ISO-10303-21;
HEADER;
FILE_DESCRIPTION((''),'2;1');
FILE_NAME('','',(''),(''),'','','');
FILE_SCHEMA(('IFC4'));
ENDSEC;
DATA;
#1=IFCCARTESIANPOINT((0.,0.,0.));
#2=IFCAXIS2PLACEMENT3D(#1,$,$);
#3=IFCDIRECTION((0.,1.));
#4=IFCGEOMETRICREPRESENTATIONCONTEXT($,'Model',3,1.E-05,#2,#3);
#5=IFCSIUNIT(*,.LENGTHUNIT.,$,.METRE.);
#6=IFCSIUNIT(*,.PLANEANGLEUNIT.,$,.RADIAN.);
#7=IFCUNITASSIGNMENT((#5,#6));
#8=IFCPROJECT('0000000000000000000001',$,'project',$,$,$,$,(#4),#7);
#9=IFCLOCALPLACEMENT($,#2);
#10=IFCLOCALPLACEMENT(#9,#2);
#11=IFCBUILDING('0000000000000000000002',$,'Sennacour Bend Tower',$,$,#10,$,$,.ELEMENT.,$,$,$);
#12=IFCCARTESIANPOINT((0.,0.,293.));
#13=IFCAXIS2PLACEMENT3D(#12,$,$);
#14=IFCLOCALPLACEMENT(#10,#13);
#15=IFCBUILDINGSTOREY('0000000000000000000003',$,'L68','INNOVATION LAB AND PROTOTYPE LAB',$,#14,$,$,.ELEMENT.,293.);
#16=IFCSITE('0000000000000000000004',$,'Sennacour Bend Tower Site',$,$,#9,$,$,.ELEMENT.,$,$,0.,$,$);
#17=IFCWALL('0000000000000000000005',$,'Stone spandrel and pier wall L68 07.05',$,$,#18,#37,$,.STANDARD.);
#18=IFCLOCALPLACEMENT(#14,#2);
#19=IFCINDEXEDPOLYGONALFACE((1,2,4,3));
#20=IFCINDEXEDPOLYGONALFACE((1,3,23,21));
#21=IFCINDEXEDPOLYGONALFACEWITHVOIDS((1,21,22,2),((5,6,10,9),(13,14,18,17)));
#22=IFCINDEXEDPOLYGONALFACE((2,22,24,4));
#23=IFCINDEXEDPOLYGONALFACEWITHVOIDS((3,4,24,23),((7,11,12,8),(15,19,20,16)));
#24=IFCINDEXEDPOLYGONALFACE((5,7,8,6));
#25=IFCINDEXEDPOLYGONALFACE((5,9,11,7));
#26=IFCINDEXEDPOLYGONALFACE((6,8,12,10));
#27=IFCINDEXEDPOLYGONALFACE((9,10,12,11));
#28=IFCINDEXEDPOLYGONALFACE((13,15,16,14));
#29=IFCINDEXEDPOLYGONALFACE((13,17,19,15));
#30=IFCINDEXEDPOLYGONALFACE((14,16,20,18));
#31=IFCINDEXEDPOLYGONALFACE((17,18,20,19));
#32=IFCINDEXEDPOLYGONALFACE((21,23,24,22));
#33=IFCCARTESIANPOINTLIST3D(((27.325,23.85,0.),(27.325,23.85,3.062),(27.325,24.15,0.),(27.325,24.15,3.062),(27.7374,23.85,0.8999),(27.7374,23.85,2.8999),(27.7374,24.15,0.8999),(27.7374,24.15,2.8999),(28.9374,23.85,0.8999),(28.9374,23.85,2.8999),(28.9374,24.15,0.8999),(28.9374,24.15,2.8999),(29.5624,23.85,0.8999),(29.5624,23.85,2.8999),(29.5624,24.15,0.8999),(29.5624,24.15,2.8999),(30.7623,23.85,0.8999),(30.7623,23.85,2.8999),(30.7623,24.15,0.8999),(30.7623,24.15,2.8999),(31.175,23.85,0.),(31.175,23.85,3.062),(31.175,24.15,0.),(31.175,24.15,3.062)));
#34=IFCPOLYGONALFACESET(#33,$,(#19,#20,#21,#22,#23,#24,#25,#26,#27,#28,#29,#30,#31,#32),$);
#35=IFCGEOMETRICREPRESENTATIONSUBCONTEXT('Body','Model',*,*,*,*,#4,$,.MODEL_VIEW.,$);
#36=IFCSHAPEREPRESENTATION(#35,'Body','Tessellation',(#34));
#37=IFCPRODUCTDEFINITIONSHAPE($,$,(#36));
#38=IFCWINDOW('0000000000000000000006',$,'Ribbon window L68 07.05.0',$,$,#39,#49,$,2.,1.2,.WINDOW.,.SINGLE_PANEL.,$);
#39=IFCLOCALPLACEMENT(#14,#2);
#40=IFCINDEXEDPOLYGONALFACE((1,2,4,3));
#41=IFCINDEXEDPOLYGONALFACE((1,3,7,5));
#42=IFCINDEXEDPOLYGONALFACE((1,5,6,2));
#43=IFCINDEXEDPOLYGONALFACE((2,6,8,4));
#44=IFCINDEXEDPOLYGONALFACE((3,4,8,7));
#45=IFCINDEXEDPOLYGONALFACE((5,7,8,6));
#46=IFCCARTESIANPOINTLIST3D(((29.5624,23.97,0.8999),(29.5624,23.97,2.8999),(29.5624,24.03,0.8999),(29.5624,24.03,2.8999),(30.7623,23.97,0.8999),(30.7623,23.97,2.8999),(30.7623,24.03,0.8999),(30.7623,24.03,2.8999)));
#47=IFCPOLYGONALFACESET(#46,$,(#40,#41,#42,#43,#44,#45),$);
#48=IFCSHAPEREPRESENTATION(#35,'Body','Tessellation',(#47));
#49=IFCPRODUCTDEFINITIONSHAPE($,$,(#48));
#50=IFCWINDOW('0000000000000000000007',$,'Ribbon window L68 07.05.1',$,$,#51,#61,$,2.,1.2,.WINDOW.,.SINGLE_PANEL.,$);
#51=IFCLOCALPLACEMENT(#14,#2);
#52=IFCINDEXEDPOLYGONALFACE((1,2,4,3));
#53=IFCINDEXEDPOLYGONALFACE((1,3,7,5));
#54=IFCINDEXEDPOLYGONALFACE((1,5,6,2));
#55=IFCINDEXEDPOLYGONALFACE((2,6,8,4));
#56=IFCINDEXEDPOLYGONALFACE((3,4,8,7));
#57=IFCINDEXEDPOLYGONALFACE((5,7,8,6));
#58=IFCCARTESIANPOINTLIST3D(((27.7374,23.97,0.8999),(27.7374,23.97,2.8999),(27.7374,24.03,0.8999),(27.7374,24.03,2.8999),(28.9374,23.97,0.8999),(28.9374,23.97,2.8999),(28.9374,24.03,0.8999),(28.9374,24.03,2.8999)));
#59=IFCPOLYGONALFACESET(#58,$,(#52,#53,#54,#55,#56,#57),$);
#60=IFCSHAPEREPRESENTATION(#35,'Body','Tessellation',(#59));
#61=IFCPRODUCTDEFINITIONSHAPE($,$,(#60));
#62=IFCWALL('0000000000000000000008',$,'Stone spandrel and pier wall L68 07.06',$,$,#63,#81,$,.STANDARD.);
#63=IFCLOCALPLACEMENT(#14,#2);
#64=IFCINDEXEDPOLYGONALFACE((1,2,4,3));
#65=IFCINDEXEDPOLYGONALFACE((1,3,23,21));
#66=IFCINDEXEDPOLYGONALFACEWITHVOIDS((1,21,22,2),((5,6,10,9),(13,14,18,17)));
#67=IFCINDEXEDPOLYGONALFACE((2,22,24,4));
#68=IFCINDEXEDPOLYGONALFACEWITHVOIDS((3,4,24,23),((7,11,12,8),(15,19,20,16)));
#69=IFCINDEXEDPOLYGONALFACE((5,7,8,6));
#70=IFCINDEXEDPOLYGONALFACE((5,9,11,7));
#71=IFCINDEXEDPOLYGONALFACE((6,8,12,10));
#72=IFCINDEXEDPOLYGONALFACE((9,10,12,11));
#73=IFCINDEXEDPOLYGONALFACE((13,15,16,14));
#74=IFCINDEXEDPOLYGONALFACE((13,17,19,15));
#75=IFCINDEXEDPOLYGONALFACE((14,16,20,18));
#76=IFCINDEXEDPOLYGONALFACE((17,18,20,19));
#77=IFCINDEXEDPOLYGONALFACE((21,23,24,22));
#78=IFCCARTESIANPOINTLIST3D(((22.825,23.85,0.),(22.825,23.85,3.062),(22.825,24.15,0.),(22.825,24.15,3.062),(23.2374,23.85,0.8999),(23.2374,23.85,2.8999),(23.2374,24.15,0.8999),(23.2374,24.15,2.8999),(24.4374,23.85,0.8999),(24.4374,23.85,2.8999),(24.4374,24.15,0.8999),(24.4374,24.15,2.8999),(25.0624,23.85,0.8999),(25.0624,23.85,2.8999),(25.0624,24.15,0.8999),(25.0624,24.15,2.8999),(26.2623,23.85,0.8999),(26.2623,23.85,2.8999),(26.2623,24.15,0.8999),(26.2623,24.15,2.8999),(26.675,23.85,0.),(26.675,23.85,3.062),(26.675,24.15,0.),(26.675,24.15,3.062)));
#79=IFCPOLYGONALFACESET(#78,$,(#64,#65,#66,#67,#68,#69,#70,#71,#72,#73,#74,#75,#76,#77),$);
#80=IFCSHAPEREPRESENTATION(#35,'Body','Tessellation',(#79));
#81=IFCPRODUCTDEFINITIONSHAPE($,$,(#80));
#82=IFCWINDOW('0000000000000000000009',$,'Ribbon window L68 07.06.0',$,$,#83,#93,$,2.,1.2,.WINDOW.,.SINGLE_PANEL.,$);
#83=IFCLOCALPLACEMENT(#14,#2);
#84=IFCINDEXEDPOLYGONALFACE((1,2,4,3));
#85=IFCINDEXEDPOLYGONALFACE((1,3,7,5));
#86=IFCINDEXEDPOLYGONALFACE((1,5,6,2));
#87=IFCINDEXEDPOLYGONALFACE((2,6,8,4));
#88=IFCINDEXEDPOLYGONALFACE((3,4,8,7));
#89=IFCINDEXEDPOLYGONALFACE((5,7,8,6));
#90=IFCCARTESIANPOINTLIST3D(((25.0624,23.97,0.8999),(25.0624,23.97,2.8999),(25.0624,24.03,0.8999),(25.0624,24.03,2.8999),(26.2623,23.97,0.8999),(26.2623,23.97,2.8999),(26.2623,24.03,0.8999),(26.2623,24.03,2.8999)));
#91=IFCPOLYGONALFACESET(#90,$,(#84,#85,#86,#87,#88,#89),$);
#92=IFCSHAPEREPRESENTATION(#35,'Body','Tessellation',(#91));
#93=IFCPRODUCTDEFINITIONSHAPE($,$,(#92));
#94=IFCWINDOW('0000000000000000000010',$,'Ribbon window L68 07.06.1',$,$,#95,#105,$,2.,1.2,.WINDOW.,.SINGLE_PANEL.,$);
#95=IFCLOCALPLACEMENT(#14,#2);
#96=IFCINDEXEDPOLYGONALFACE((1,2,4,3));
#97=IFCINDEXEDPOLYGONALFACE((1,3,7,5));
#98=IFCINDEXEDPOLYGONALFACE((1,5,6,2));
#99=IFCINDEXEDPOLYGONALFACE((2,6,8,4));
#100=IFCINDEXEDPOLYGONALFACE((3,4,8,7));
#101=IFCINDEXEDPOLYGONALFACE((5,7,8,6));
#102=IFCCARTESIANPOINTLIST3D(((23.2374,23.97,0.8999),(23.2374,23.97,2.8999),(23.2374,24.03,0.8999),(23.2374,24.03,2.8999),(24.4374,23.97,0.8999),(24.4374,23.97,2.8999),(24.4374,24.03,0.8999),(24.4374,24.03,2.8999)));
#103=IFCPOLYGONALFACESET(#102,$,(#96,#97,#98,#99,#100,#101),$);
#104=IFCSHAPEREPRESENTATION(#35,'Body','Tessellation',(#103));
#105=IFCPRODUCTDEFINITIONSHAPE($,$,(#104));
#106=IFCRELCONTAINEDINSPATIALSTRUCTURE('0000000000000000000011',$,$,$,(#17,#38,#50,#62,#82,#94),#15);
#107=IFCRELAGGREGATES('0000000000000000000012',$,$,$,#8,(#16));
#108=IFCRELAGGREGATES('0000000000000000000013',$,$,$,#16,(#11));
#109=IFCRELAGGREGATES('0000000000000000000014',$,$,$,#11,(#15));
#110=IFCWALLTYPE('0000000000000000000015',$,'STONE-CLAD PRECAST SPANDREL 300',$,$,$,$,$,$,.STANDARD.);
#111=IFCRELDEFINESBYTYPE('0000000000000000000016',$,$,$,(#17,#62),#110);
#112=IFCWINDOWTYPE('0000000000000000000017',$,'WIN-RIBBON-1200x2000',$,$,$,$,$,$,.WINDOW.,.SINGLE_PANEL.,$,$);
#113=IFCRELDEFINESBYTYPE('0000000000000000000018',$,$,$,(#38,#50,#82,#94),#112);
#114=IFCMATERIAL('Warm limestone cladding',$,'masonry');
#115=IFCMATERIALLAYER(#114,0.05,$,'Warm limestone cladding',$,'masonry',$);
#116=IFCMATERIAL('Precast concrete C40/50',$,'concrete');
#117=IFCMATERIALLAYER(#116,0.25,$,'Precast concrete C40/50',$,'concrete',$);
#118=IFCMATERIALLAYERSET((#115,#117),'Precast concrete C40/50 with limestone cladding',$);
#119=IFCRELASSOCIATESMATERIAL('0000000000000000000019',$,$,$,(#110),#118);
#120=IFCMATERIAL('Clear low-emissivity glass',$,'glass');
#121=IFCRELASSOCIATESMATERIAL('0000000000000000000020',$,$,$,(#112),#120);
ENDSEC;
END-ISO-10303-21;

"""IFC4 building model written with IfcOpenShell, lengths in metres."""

from ifc_helpers import new_model, si_unit, direction, frame, frame_2d, origin, place, context, subcontext, project, spatial, rectangle, extrude, material, layer, layer_set, type_object, element, fill, save


model = new_model("IFC4")

# Units and contexts
model_context = context("Model", 3, precision=1e-05, world=origin(), true_north=direction((0.0, 1.0)))
body_context = subcontext(model_context, "Body", "Model", "MODEL_VIEW")
ifc_project = project(units=[si_unit("LENGTHUNIT", "METRE"), si_unit("PLANEANGLEUNIT", "RADIAN")], contexts=[model_context])

# Site, building, storey
site_placement = place(None, origin())
site = spatial("IfcSite", under=ifc_project, at=site_placement, Name="Sennacour Bend Tower Site", CompositionType="ELEMENT", RefElevation=0.0)
building_placement = place(site_placement, origin())
building = spatial("IfcBuilding", under=site, at=building_placement, Name="Sennacour Bend Tower", CompositionType="ELEMENT")
storey_placement = place(building_placement, frame((0.0, 0.0, 293.0)))
storey = spatial("IfcBuildingStorey", under=building, at=storey_placement, Name="L68", Description="INNOVATION LAB AND PROTOTYPE LAB", CompositionType="ELEMENT", Elevation=293.0)

# Walls, openings, windows
ifc_material_1 = material(Name="Warm limestone cladding", Category="masonry")
ifc_layer_1 = layer(ifc_material_1, 0.05, Name="Warm limestone cladding", Category="masonry")
ifc_material_2 = material(Name="Precast concrete C40/50", Category="concrete")
ifc_layer_2 = layer(ifc_material_2, 0.25, Name="Precast concrete C40/50", Category="concrete")
ifc_layer_set_1 = layer_set([ifc_layer_1, ifc_layer_2], Name="Precast concrete C40/50 with limestone cladding")
wall_type_1 = type_object("IfcWallType", Name="STONE-CLAD PRECAST SPANDREL 300", PredefinedType="STANDARD", material=ifc_layer_set_1)
ifc_material_3 = material(Name="Clear low-emissivity glass", Category="glass")
window_type = type_object("IfcWindowType", Name="WIN-RIBBON-1200x2000", PartitioningType="SINGLE_PANEL", PredefinedType="WINDOW", material=ifc_material_3)
wall_1_placement = place(storey_placement, frame((31.175, 24.0, 0.0), z_axis=(0.0, 0.0, 1.0), x_axis=(-1.0, 0.0, 0.0)))
wall_1 = element("IfcWall", 1, at=wall_1_placement, inside=storey, type_object=wall_type_1, Name="Stone spandrel and pier wall L68 07.05", PredefinedType="STANDARD", context=body_context, shape_type="SweptSolid", body=[
    extrude(rectangle(XDim=3.8501, YDim=0.3, at=frame_2d((1.925, 0.0))), origin(), (0.0, 0.0, 1.0), 3.062),
])
opening_1_placement = place(wall_1_placement, frame((0.4126, 0.0, 0.8999)))
opening_1 = element("IfcOpeningElement", 2, at=opening_1_placement, cuts=wall_1, PredefinedType="OPENING", context=body_context, shape_type="SweptSolid", body=[
    extrude(rectangle(XDim=1.2, YDim=2.0, at=frame_2d((0.6001, 1.0))), frame((0.0, 0.1602, 0.0), z_axis=(0.0, -1.0, 0.0), x_axis=(1.0, 0.0, 0.0)), (0.0, 0.0, 1.0), 0.3201),
])
opening_2_placement = place(wall_1_placement, frame((2.2375, 0.0, 0.8999)))
opening_2 = element("IfcOpeningElement", 3, at=opening_2_placement, cuts=wall_1, PredefinedType="OPENING", context=body_context, shape_type="SweptSolid", body=[
    extrude(rectangle(XDim=1.2, YDim=2.0, at=frame_2d((0.6001, 1.0))), frame((0.0, 0.1602, 0.0), z_axis=(0.0, -1.0, 0.0), x_axis=(1.0, 0.0, 0.0)), (0.0, 0.0, 1.0), 0.3201),
])
window_1_placement = place(opening_1_placement, origin())
window_1 = element("IfcWindow", 4, at=window_1_placement, inside=storey, type_object=window_type, Name="Ribbon window L68 07.05.0", OverallHeight=2.0, OverallWidth=1.2, PartitioningType="SINGLE_PANEL", PredefinedType="WINDOW", context=body_context, shape_type="SweptSolid", body=[
    extrude(rectangle(XDim=1.2, YDim=2.0, at=frame_2d((0.6001, 1.0))), frame((0.0, 0.03, 0.0), z_axis=(0.0, -1.0, 0.0), x_axis=(1.0, 0.0, 0.0)), (0.0, 0.0, 1.0), 0.0601),
])
fill(opening_1, window_1)
window_2_placement = place(opening_2_placement, origin())
window_2 = element("IfcWindow", 5, at=window_2_placement, inside=storey, type_object=window_type, Name="Ribbon window L68 07.05.1", OverallHeight=2.0, OverallWidth=1.2, PartitioningType="SINGLE_PANEL", PredefinedType="WINDOW", context=body_context, shape_type="SweptSolid", body=[
    extrude(rectangle(XDim=1.2, YDim=2.0, at=frame_2d((0.6001, 1.0))), frame((0.0, 0.03, 0.0), z_axis=(0.0, -1.0, 0.0), x_axis=(1.0, 0.0, 0.0)), (0.0, 0.0, 1.0), 0.0601),
])
fill(opening_2, window_2)
wall_2_placement = place(storey_placement, frame((26.675, 24.0, 0.0), z_axis=(0.0, 0.0, 1.0), x_axis=(-1.0, 0.0, 0.0)))
wall_2 = element("IfcWall", 6, at=wall_2_placement, inside=storey, type_object=wall_type_1, Name="Stone spandrel and pier wall L68 07.06", PredefinedType="STANDARD", context=body_context, shape_type="SweptSolid", body=[
    extrude(rectangle(XDim=3.8501, YDim=0.3, at=frame_2d((1.925, 0.0))), origin(), (0.0, 0.0, 1.0), 3.062),
])
opening_3_placement = place(wall_2_placement, frame((0.4126, 0.0, 0.8999)))
opening_3 = element("IfcOpeningElement", 7, at=opening_3_placement, cuts=wall_2, PredefinedType="OPENING", context=body_context, shape_type="SweptSolid", body=[
    extrude(rectangle(XDim=1.2, YDim=2.0, at=frame_2d((0.6001, 1.0))), frame((0.0, 0.1602, 0.0), z_axis=(0.0, -1.0, 0.0), x_axis=(1.0, 0.0, 0.0)), (0.0, 0.0, 1.0), 0.3201),
])
opening_4_placement = place(wall_2_placement, frame((2.2375, 0.0, 0.8999)))
opening_4 = element("IfcOpeningElement", 8, at=opening_4_placement, cuts=wall_2, PredefinedType="OPENING", context=body_context, shape_type="SweptSolid", body=[
    extrude(rectangle(XDim=1.2, YDim=2.0, at=frame_2d((0.6001, 1.0))), frame((0.0, 0.1602, 0.0), z_axis=(0.0, -1.0, 0.0), x_axis=(1.0, 0.0, 0.0)), (0.0, 0.0, 1.0), 0.3201),
])
window_3_placement = place(opening_3_placement, origin())
window_3 = element("IfcWindow", 9, at=window_3_placement, inside=storey, type_object=window_type, Name="Ribbon window L68 07.06.0", OverallHeight=2.0, OverallWidth=1.2, PartitioningType="SINGLE_PANEL", PredefinedType="WINDOW", context=body_context, shape_type="SweptSolid", body=[
    extrude(rectangle(XDim=1.2, YDim=2.0, at=frame_2d((0.6001, 1.0))), frame((0.0, 0.03, 0.0), z_axis=(0.0, -1.0, 0.0), x_axis=(1.0, 0.0, 0.0)), (0.0, 0.0, 1.0), 0.0601),
])
fill(opening_3, window_3)
window_4_placement = place(opening_4_placement, origin())
window_4 = element("IfcWindow", 10, at=window_4_placement, inside=storey, type_object=window_type, Name="Ribbon window L68 07.06.1", OverallHeight=2.0, OverallWidth=1.2, PartitioningType="SINGLE_PANEL", PredefinedType="WINDOW", context=body_context, shape_type="SweptSolid", body=[
    extrude(rectangle(XDim=1.2, YDim=2.0, at=frame_2d((0.6001, 1.0))), frame((0.0, 0.03, 0.0), z_axis=(0.0, -1.0, 0.0), x_axis=(1.0, 0.0, 0.0)), (0.0, 0.0, 1.0), 0.0601),
])
fill(opening_4, window_4)

save(model, "model.ifc")
